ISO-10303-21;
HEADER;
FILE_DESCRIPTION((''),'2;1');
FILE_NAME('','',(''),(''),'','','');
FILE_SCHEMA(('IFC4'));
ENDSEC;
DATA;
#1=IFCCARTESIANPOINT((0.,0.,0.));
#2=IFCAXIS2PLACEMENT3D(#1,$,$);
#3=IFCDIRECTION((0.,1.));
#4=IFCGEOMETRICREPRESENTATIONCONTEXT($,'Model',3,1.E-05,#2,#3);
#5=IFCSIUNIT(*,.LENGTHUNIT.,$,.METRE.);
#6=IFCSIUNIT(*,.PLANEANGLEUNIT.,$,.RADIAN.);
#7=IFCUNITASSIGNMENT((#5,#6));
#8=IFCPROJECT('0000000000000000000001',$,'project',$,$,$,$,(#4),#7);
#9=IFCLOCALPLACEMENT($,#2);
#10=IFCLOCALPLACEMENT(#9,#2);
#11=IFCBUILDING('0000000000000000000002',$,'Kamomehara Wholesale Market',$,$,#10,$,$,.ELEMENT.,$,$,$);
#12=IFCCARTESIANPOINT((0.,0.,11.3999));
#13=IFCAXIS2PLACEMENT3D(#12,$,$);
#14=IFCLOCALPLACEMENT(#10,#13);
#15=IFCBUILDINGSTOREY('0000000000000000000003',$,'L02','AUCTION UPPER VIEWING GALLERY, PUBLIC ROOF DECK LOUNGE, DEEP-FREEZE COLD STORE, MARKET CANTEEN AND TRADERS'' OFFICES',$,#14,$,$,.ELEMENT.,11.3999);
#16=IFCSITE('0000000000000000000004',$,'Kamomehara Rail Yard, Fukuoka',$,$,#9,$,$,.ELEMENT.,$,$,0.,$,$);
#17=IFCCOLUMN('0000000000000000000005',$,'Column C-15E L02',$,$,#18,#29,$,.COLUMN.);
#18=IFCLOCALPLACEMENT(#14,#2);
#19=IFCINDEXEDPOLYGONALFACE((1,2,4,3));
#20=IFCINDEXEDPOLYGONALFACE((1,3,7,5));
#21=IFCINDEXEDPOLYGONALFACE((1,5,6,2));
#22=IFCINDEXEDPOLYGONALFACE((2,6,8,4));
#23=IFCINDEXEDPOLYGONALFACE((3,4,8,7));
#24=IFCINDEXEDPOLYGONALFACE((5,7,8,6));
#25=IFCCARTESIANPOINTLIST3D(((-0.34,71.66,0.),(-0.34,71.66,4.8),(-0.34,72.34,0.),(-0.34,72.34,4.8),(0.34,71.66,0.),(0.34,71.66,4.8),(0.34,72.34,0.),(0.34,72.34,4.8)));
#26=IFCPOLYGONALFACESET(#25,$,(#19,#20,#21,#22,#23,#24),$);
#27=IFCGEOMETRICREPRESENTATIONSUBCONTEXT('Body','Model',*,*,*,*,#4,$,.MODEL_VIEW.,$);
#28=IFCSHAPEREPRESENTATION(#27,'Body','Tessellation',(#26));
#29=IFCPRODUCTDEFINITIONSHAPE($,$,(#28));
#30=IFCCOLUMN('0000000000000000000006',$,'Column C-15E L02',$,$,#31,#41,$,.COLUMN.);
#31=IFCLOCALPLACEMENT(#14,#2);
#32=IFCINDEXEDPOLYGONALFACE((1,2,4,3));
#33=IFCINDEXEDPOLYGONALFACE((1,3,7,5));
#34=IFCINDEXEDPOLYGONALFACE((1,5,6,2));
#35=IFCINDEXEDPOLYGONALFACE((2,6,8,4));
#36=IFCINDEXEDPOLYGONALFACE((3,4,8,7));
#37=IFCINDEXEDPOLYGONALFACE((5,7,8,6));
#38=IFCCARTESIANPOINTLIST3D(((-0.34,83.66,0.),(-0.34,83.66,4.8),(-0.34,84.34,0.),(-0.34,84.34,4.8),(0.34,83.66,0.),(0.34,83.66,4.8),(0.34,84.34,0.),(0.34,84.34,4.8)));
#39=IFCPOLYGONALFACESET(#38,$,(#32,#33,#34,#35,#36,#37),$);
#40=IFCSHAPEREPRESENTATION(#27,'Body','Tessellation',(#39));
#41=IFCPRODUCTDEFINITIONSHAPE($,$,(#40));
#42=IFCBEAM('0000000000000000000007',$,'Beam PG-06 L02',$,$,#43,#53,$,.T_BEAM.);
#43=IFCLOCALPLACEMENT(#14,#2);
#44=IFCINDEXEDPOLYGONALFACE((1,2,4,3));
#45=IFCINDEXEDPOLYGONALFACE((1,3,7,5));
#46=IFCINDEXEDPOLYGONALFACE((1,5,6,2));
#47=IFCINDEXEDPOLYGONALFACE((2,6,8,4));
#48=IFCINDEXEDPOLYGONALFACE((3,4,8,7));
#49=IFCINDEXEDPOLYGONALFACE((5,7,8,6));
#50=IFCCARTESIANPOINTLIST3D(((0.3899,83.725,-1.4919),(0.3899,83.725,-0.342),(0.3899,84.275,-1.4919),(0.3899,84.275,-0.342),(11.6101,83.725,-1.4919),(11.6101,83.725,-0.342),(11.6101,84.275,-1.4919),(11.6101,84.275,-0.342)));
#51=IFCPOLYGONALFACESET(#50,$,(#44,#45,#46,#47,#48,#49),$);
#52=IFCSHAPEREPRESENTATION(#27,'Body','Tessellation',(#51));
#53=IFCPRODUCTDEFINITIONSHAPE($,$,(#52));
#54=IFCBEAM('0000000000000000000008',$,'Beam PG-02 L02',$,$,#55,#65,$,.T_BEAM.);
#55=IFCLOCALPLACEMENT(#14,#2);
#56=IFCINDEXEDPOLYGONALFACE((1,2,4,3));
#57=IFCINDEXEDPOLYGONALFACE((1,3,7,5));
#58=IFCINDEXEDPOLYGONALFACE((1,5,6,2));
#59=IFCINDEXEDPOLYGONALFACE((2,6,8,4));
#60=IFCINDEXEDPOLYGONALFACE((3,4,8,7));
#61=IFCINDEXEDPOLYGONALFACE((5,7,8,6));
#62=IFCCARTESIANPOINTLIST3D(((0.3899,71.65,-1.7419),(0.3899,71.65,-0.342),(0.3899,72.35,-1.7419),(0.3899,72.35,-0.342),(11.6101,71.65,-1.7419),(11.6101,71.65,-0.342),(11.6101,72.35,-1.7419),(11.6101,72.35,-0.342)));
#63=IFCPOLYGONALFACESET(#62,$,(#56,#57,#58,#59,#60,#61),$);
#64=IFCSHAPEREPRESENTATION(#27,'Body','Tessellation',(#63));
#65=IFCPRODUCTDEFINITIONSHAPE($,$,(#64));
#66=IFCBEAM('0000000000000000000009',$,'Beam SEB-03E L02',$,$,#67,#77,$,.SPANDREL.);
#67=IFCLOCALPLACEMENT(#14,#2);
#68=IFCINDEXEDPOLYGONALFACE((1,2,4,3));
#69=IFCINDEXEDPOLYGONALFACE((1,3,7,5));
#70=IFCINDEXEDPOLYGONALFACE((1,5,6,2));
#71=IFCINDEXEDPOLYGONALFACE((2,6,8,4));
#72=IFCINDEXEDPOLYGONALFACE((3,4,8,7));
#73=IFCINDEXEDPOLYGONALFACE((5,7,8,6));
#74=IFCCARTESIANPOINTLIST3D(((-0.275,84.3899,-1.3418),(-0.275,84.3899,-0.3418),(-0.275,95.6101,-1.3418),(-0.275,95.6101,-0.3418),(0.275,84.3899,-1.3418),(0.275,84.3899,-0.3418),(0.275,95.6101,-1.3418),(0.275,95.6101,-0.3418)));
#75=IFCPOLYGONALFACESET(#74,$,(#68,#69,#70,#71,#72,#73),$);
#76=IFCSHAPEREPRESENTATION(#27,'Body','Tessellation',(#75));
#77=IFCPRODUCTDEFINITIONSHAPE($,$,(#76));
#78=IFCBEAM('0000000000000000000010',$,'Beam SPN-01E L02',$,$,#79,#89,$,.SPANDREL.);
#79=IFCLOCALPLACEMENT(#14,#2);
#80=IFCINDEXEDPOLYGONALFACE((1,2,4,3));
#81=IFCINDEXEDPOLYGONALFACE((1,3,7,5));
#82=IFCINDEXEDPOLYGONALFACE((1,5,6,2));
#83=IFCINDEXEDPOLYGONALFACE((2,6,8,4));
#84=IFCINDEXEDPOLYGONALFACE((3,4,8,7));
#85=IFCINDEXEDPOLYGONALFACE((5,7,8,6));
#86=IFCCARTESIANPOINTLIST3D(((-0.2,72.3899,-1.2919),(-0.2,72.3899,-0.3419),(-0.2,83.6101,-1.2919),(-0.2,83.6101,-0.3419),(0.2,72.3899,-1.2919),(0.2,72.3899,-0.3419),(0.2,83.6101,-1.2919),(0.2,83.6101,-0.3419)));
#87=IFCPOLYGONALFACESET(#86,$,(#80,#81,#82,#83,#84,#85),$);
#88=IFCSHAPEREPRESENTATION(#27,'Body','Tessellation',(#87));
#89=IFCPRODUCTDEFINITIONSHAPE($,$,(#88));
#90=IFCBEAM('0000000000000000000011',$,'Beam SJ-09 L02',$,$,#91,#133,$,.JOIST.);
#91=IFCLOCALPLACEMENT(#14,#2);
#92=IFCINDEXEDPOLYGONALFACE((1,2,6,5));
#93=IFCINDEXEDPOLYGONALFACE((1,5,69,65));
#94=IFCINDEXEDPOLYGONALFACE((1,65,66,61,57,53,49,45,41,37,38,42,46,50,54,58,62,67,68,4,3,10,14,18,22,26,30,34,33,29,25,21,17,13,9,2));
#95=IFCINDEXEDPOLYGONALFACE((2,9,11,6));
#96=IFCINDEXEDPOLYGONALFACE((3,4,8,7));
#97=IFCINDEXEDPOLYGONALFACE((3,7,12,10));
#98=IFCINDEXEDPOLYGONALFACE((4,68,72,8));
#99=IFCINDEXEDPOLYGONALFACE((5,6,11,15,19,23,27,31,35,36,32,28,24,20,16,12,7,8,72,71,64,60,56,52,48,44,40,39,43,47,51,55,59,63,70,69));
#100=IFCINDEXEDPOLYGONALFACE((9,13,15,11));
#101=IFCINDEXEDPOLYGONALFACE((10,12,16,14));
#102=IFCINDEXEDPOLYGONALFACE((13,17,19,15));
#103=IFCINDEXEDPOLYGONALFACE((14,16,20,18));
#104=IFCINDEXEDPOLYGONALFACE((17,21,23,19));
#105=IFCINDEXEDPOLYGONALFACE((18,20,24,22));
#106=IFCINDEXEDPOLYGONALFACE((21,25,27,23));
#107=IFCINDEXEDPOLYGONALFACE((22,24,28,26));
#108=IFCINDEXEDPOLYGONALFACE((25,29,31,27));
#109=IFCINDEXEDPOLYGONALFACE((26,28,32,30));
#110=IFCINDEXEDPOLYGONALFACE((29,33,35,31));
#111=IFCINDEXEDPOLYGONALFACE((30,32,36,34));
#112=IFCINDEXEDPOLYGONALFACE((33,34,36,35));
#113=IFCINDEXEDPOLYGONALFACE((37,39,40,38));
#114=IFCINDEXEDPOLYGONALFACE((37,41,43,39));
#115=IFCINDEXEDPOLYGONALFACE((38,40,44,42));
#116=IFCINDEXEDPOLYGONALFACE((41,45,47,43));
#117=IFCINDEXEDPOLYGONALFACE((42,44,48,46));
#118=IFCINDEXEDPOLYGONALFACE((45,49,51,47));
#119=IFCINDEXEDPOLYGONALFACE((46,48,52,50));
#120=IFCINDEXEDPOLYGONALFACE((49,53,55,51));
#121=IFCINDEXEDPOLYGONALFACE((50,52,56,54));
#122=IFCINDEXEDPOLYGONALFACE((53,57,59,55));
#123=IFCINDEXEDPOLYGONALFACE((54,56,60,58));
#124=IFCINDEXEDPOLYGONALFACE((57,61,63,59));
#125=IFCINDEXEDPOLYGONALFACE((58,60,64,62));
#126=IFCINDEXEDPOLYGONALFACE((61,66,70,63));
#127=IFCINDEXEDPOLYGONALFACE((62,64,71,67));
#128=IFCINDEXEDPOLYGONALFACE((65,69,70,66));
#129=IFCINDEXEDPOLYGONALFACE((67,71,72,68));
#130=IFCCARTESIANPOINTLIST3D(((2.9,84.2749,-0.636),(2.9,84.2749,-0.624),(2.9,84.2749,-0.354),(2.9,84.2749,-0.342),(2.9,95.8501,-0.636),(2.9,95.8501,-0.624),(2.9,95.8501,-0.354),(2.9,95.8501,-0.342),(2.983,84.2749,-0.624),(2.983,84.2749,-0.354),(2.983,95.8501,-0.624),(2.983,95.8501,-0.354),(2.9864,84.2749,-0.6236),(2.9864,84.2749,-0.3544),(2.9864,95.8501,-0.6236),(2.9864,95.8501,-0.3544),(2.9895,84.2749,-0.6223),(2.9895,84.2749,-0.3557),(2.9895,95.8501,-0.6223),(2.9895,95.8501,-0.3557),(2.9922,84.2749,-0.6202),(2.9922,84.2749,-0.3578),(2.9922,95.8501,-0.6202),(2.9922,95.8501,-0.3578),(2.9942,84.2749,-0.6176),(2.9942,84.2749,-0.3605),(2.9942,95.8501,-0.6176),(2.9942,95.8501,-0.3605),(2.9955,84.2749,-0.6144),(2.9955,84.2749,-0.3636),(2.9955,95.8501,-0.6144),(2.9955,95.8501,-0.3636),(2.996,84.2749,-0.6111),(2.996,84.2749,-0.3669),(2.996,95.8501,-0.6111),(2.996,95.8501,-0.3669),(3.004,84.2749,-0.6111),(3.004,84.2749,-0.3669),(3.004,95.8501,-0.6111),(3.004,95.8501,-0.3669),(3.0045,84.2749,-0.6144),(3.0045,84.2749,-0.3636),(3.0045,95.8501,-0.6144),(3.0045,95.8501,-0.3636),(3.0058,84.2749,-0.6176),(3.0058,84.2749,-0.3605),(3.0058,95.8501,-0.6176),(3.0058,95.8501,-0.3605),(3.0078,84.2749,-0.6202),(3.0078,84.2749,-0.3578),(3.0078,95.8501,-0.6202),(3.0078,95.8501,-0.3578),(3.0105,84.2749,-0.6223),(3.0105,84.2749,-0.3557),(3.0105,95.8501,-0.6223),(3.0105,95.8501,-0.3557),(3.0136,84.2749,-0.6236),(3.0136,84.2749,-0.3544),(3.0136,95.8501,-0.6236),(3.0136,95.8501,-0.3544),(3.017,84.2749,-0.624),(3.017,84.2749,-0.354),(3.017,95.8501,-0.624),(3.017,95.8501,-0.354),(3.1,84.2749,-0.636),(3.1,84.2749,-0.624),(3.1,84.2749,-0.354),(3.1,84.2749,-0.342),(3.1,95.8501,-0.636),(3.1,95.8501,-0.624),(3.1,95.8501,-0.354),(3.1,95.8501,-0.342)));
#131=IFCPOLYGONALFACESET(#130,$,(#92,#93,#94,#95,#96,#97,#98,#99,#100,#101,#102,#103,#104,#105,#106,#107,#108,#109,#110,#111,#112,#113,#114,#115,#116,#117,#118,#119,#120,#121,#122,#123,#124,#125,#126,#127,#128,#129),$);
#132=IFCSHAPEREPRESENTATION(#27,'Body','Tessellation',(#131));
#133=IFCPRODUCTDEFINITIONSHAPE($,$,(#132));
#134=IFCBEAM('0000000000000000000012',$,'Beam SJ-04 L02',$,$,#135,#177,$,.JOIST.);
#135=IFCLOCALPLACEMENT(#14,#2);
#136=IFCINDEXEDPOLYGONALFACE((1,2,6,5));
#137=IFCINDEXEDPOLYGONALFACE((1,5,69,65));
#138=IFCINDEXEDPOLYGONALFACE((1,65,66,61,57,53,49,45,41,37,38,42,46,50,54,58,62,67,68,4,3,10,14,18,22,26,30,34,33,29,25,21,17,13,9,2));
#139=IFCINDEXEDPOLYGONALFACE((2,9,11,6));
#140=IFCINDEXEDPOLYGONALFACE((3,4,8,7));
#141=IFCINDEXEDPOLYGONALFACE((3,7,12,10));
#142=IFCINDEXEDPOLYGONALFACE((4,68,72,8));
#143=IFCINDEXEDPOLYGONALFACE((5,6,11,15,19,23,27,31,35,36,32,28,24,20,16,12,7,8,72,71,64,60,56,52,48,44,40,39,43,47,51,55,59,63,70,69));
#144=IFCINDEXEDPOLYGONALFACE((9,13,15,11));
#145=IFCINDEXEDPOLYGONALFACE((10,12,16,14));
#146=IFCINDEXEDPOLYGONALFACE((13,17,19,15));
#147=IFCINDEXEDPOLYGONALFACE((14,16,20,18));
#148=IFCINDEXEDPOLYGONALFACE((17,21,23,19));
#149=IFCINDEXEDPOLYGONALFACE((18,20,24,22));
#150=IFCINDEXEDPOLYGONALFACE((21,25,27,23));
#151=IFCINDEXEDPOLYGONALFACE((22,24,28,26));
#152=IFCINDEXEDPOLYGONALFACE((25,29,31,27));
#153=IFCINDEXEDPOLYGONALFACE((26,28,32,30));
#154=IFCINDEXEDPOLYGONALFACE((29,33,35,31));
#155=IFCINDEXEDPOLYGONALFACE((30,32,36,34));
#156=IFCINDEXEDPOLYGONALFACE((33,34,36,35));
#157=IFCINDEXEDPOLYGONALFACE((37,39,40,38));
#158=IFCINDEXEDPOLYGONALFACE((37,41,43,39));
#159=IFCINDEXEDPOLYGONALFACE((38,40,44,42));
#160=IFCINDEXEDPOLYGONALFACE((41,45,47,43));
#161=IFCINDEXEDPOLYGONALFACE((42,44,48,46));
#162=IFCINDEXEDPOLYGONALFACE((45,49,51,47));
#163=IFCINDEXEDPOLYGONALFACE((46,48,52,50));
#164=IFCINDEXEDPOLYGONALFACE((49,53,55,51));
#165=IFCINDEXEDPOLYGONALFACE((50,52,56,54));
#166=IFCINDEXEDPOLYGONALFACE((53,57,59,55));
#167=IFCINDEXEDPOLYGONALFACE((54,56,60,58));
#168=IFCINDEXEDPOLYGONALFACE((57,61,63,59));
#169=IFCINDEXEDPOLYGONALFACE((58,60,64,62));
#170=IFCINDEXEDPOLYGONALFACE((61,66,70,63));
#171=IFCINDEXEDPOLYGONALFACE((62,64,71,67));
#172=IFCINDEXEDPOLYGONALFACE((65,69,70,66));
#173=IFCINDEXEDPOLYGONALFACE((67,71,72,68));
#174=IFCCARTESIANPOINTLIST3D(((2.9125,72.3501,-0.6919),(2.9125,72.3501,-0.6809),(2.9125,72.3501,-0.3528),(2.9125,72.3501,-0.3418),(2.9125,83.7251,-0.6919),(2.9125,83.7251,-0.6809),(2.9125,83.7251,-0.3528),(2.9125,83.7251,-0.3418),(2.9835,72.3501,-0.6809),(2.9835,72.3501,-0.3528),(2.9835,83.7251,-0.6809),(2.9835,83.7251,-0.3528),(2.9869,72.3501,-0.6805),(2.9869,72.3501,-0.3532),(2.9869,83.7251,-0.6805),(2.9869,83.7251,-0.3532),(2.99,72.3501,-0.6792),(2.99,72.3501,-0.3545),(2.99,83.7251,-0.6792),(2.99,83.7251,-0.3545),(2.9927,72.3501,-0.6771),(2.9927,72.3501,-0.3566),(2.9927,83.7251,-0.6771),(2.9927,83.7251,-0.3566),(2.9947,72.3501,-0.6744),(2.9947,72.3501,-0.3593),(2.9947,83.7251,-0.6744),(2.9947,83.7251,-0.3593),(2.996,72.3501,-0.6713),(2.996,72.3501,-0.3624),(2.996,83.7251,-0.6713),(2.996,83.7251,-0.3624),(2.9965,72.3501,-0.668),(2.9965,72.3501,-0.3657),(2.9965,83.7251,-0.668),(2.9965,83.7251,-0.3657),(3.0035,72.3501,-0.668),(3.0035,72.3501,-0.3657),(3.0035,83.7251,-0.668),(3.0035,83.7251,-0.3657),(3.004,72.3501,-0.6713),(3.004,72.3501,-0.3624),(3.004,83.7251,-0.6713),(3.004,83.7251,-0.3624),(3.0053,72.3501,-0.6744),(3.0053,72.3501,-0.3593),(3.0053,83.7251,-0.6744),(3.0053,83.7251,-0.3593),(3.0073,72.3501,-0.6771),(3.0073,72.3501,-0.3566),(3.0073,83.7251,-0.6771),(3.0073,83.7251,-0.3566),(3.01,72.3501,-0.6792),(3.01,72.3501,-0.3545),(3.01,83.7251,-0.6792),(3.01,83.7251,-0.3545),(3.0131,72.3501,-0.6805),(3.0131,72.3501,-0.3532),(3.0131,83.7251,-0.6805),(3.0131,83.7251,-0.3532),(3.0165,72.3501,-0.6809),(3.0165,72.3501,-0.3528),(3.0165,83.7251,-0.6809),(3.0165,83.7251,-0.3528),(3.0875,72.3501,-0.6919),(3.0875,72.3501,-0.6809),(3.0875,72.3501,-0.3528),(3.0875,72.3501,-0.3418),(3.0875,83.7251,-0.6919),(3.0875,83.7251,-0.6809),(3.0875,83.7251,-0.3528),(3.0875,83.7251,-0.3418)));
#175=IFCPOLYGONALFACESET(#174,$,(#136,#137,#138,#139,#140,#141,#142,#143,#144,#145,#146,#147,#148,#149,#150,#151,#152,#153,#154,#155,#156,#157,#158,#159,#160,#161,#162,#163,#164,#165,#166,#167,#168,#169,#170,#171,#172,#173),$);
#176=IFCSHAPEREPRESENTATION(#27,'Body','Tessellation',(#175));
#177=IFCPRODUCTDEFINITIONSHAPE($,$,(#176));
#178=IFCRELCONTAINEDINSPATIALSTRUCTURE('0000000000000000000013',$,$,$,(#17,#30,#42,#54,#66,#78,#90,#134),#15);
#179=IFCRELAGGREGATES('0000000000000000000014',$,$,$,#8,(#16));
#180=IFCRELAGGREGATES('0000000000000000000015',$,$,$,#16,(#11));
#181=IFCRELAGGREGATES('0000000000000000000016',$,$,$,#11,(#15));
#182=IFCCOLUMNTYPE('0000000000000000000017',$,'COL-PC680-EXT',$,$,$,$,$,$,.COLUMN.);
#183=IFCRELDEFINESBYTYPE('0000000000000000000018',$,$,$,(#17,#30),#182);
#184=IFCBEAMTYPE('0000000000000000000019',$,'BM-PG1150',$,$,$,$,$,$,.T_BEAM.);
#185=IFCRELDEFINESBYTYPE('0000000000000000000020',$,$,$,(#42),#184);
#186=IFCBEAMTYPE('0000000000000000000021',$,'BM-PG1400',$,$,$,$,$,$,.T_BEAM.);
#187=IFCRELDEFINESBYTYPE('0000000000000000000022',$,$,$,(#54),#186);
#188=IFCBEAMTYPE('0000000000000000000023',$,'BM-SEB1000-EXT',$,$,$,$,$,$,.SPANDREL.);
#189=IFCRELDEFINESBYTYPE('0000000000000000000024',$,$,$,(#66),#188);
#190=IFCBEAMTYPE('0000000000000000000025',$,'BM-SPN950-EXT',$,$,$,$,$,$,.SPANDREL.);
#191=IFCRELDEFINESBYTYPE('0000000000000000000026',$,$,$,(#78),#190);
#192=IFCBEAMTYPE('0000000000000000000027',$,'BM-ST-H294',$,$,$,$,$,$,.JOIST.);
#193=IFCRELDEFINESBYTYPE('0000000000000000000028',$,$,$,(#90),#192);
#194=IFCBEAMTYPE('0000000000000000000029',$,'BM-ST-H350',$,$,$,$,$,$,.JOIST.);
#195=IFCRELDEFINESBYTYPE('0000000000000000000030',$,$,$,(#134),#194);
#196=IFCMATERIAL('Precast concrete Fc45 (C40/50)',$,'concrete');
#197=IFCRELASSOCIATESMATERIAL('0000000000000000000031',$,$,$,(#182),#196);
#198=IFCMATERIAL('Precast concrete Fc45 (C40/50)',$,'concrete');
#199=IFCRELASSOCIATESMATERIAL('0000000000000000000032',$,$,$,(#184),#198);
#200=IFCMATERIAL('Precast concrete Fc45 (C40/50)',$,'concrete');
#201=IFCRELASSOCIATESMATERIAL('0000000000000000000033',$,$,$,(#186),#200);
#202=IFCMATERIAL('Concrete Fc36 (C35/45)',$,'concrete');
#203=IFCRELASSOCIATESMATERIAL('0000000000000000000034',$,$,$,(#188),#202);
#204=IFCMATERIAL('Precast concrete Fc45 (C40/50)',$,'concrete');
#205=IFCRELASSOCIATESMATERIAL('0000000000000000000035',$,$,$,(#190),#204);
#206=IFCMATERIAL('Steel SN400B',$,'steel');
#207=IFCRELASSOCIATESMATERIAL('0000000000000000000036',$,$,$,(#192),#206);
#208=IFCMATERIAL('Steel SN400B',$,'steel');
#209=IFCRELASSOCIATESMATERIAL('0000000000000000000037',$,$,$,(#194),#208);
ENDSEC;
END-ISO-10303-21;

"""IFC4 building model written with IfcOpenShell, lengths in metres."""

from ifc_helpers import new_model, si_unit, direction, frame, origin, origin_2d, place, context, subcontext, project, spatial, rectangle, i_section, extrude, material, material_profile, profile_set, type_object, element, save


model = new_model("IFC4")

# Units and contexts
model_context = context("Model", 3, precision=1e-05, world=origin(), true_north=direction((0.0, 1.0)))
body_context = subcontext(model_context, "Body", "Model", "MODEL_VIEW")
ifc_project = project(units=[si_unit("LENGTHUNIT", "METRE"), si_unit("PLANEANGLEUNIT", "RADIAN")], contexts=[model_context])

# Site, building, storey
site_placement = place(None, origin())
site = spatial("IfcSite", under=ifc_project, at=site_placement, Name="Kamomehara Rail Yard, Fukuoka", CompositionType="ELEMENT", RefElevation=0.0)
building_placement = place(site_placement, origin())
building = spatial("IfcBuilding", under=site, at=building_placement, Name="Kamomehara Wholesale Market", CompositionType="ELEMENT")
storey_placement = place(building_placement, frame((0.0, 0.0, 11.3999)))
storey = spatial("IfcBuildingStorey", under=building, at=storey_placement, Name="L02", Description="AUCTION UPPER VIEWING GALLERY, PUBLIC ROOF DECK LOUNGE, DEEP-FREEZE COLD STORE, MARKET CANTEEN AND TRADERS' OFFICES", CompositionType="ELEMENT", Elevation=11.3999)

# Columns
ifc_material_1 = material(Name="Precast concrete Fc45 (C40/50)", Category="concrete")
ifc_material_profile_1 = material_profile(ifc_material_1, rectangle(XDim=0.6799, YDim=0.6799, at=origin_2d()), Name="PC-COL-680x680")
ifc_profile_set_1 = profile_set([ifc_material_profile_1], Name="Precast concrete Fc45 (C40/50)")
column_type = type_object("IfcColumnType", Name="COL-PC680-EXT", PredefinedType="COLUMN", material=ifc_profile_set_1)
for number, where, z_axis, x_axis, name in (
    (1, (0.0, 72.0, 0.0), (0.0, 0.0, 1.0), (1.0, 0.0, 0.0), "Column C-15E L02"),
    (2, (0.0, 84.0, 0.0), (0.0, 0.0, 1.0), (1.0, 0.0, 0.0), "Column C-15E L02"),
):
    element("IfcColumn", number, at=place(storey_placement, frame(where, z_axis=z_axis, x_axis=x_axis)), inside=storey, type_object=column_type, Name=name, PredefinedType="COLUMN", context=body_context, shape_type="SweptSolid", body=[
        extrude(rectangle(XDim=0.6799, YDim=0.6799, at=origin_2d()), origin(), (0.0, 0.0, 1.0), 4.8),
    ])

# Beams
ifc_material_2 = material(Name="Precast concrete Fc45 (C40/50)", Category="concrete")
ifc_material_profile_2 = material_profile(ifc_material_2, rectangle(XDim=0.55, YDim=1.1499, at=origin_2d()), Name="PC-GRD-550x1150")
ifc_profile_set_2 = profile_set([ifc_material_profile_2], Name="Precast concrete Fc45 (C40/50)")
beam_type_1 = type_object("IfcBeamType", Name="BM-PG1150", PredefinedType="T_BEAM", material=ifc_profile_set_2)
beam_1_placement = place(storey_placement, frame((0.3899, 84.0, -0.917), z_axis=(1.0, 0.0, 0.0), x_axis=(0.0, 1.0, 0.0)))
element("IfcBeam", 3, at=beam_1_placement, inside=storey, type_object=beam_type_1, Name="Beam PG-06 L02", PredefinedType="T_BEAM", context=body_context, shape_type="SweptSolid", body=[
    extrude(rectangle(XDim=0.55, YDim=1.1499, at=origin_2d()), origin(), (0.0, 0.0, 1.0), 11.2202),
])
ifc_material_3 = material(Name="Precast concrete Fc45 (C40/50)", Category="concrete")
ifc_material_profile_3 = material_profile(ifc_material_3, rectangle(XDim=0.7, YDim=1.3999, at=origin_2d()), Name="PC-GRD-700x1400")
ifc_profile_set_3 = profile_set([ifc_material_profile_3], Name="Precast concrete Fc45 (C40/50)")
beam_type_2 = type_object("IfcBeamType", Name="BM-PG1400", PredefinedType="T_BEAM", material=ifc_profile_set_3)
beam_2_placement = place(storey_placement, frame((0.3899, 72.0, -1.042), z_axis=(1.0, 0.0, 0.0), x_axis=(0.0, 1.0, 0.0)))
element("IfcBeam", 4, at=beam_2_placement, inside=storey, type_object=beam_type_2, Name="Beam PG-02 L02", PredefinedType="T_BEAM", context=body_context, shape_type="SweptSolid", body=[
    extrude(rectangle(XDim=0.7, YDim=1.3999, at=origin_2d()), origin(), (0.0, 0.0, 1.0), 11.2202),
])
ifc_material_4 = material(Name="Concrete Fc36 (C35/45)", Category="concrete")
ifc_material_profile_4 = material_profile(ifc_material_4, rectangle(XDim=0.55, YDim=1.0, at=origin_2d()), Name="RC-SEB-550x1000")
ifc_profile_set_4 = profile_set([ifc_material_profile_4], Name="Concrete Fc36 (C35/45)")
beam_type_3 = type_object("IfcBeamType", Name="BM-SEB1000-EXT", PredefinedType="SPANDREL", material=ifc_profile_set_4)
beam_3_placement = place(storey_placement, frame((0.0, 84.3899, -0.8418), z_axis=(0.0, 1.0, 0.0), x_axis=(-1.0, 0.0, 0.0)))
element("IfcBeam", 5, at=beam_3_placement, inside=storey, type_object=beam_type_3, Name="Beam SEB-03E L02", PredefinedType="SPANDREL", context=body_context, shape_type="SweptSolid", body=[
    extrude(rectangle(XDim=0.55, YDim=1.0, at=origin_2d()), origin(), (0.0, 0.0, 1.0), 11.2202),
])
ifc_material_5 = material(Name="Precast concrete Fc45 (C40/50)", Category="concrete")
ifc_material_profile_5 = material_profile(ifc_material_5, rectangle(XDim=0.3999, YDim=0.95, at=origin_2d()), Name="PC-SPN-400x950")
ifc_profile_set_5 = profile_set([ifc_material_profile_5], Name="Precast concrete Fc45 (C40/50)")
beam_type_4 = type_object("IfcBeamType", Name="BM-SPN950-EXT", PredefinedType="SPANDREL", material=ifc_profile_set_5)
beam_4_placement = place(storey_placement, frame((0.0, 72.3899, -0.8169), z_axis=(0.0, 1.0, 0.0), x_axis=(-1.0, 0.0, 0.0)))
element("IfcBeam", 6, at=beam_4_placement, inside=storey, type_object=beam_type_4, Name="Beam SPN-01E L02", PredefinedType="SPANDREL", context=body_context, shape_type="SweptSolid", body=[
    extrude(rectangle(XDim=0.3999, YDim=0.95, at=origin_2d()), origin(), (0.0, 0.0, 1.0), 11.2202),
])
ifc_material_6 = material(Name="Steel SN400B", Category="steel")
ifc_material_profile_6 = material_profile(ifc_material_6, i_section(OverallWidth=0.2, OverallDepth=0.2939, WebThickness=0.0081, FlangeThickness=0.012, FilletRadius=0.0129, at=origin_2d()), Name="H-294x200x8x12")
ifc_profile_set_6 = profile_set([ifc_material_profile_6], Name="Steel SN400B")
beam_type_5 = type_object("IfcBeamType", Name="BM-ST-H294", PredefinedType="JOIST", material=ifc_profile_set_6)
beam_5_placement = place(storey_placement, frame((3.0, 84.2749, -0.489), z_axis=(0.0, 1.0, 0.0), x_axis=(-1.0, 0.0, 0.0)))
element("IfcBeam", 7, at=beam_5_placement, inside=storey, type_object=beam_type_5, Name="Beam SJ-09 L02", PredefinedType="JOIST", context=body_context, shape_type="SweptSolid", body=[
    extrude(i_section(OverallWidth=0.2, OverallDepth=0.2939, WebThickness=0.0081, FlangeThickness=0.012, FilletRadius=0.0129, at=origin_2d()), origin(), (0.0, 0.0, 1.0), 11.5752),
])
ifc_material_7 = material(Name="Steel SN400B", Category="steel")
ifc_material_profile_7 = material_profile(ifc_material_7, i_section(OverallWidth=0.175, OverallDepth=0.3501, WebThickness=0.0071, FlangeThickness=0.011, FilletRadius=0.0129, at=origin_2d()), Name="H-350x175x7x11")
ifc_profile_set_7 = profile_set([ifc_material_profile_7], Name="Steel SN400B")
beam_type_6 = type_object("IfcBeamType", Name="BM-ST-H350", PredefinedType="JOIST", material=ifc_profile_set_7)
beam_6_placement = place(storey_placement, frame((3.0, 72.3501, -0.5168), z_axis=(0.0, 1.0, 0.0), x_axis=(-1.0, 0.0, 0.0)))
element("IfcBeam", 8, at=beam_6_placement, inside=storey, type_object=beam_type_6, Name="Beam SJ-04 L02", PredefinedType="JOIST", context=body_context, shape_type="SweptSolid", body=[
    extrude(i_section(OverallWidth=0.175, OverallDepth=0.3501, WebThickness=0.0071, FlangeThickness=0.011, FilletRadius=0.0129, at=origin_2d()), origin(), (0.0, 0.0, 1.0), 11.375),
])

save(model, "model.ifc")
